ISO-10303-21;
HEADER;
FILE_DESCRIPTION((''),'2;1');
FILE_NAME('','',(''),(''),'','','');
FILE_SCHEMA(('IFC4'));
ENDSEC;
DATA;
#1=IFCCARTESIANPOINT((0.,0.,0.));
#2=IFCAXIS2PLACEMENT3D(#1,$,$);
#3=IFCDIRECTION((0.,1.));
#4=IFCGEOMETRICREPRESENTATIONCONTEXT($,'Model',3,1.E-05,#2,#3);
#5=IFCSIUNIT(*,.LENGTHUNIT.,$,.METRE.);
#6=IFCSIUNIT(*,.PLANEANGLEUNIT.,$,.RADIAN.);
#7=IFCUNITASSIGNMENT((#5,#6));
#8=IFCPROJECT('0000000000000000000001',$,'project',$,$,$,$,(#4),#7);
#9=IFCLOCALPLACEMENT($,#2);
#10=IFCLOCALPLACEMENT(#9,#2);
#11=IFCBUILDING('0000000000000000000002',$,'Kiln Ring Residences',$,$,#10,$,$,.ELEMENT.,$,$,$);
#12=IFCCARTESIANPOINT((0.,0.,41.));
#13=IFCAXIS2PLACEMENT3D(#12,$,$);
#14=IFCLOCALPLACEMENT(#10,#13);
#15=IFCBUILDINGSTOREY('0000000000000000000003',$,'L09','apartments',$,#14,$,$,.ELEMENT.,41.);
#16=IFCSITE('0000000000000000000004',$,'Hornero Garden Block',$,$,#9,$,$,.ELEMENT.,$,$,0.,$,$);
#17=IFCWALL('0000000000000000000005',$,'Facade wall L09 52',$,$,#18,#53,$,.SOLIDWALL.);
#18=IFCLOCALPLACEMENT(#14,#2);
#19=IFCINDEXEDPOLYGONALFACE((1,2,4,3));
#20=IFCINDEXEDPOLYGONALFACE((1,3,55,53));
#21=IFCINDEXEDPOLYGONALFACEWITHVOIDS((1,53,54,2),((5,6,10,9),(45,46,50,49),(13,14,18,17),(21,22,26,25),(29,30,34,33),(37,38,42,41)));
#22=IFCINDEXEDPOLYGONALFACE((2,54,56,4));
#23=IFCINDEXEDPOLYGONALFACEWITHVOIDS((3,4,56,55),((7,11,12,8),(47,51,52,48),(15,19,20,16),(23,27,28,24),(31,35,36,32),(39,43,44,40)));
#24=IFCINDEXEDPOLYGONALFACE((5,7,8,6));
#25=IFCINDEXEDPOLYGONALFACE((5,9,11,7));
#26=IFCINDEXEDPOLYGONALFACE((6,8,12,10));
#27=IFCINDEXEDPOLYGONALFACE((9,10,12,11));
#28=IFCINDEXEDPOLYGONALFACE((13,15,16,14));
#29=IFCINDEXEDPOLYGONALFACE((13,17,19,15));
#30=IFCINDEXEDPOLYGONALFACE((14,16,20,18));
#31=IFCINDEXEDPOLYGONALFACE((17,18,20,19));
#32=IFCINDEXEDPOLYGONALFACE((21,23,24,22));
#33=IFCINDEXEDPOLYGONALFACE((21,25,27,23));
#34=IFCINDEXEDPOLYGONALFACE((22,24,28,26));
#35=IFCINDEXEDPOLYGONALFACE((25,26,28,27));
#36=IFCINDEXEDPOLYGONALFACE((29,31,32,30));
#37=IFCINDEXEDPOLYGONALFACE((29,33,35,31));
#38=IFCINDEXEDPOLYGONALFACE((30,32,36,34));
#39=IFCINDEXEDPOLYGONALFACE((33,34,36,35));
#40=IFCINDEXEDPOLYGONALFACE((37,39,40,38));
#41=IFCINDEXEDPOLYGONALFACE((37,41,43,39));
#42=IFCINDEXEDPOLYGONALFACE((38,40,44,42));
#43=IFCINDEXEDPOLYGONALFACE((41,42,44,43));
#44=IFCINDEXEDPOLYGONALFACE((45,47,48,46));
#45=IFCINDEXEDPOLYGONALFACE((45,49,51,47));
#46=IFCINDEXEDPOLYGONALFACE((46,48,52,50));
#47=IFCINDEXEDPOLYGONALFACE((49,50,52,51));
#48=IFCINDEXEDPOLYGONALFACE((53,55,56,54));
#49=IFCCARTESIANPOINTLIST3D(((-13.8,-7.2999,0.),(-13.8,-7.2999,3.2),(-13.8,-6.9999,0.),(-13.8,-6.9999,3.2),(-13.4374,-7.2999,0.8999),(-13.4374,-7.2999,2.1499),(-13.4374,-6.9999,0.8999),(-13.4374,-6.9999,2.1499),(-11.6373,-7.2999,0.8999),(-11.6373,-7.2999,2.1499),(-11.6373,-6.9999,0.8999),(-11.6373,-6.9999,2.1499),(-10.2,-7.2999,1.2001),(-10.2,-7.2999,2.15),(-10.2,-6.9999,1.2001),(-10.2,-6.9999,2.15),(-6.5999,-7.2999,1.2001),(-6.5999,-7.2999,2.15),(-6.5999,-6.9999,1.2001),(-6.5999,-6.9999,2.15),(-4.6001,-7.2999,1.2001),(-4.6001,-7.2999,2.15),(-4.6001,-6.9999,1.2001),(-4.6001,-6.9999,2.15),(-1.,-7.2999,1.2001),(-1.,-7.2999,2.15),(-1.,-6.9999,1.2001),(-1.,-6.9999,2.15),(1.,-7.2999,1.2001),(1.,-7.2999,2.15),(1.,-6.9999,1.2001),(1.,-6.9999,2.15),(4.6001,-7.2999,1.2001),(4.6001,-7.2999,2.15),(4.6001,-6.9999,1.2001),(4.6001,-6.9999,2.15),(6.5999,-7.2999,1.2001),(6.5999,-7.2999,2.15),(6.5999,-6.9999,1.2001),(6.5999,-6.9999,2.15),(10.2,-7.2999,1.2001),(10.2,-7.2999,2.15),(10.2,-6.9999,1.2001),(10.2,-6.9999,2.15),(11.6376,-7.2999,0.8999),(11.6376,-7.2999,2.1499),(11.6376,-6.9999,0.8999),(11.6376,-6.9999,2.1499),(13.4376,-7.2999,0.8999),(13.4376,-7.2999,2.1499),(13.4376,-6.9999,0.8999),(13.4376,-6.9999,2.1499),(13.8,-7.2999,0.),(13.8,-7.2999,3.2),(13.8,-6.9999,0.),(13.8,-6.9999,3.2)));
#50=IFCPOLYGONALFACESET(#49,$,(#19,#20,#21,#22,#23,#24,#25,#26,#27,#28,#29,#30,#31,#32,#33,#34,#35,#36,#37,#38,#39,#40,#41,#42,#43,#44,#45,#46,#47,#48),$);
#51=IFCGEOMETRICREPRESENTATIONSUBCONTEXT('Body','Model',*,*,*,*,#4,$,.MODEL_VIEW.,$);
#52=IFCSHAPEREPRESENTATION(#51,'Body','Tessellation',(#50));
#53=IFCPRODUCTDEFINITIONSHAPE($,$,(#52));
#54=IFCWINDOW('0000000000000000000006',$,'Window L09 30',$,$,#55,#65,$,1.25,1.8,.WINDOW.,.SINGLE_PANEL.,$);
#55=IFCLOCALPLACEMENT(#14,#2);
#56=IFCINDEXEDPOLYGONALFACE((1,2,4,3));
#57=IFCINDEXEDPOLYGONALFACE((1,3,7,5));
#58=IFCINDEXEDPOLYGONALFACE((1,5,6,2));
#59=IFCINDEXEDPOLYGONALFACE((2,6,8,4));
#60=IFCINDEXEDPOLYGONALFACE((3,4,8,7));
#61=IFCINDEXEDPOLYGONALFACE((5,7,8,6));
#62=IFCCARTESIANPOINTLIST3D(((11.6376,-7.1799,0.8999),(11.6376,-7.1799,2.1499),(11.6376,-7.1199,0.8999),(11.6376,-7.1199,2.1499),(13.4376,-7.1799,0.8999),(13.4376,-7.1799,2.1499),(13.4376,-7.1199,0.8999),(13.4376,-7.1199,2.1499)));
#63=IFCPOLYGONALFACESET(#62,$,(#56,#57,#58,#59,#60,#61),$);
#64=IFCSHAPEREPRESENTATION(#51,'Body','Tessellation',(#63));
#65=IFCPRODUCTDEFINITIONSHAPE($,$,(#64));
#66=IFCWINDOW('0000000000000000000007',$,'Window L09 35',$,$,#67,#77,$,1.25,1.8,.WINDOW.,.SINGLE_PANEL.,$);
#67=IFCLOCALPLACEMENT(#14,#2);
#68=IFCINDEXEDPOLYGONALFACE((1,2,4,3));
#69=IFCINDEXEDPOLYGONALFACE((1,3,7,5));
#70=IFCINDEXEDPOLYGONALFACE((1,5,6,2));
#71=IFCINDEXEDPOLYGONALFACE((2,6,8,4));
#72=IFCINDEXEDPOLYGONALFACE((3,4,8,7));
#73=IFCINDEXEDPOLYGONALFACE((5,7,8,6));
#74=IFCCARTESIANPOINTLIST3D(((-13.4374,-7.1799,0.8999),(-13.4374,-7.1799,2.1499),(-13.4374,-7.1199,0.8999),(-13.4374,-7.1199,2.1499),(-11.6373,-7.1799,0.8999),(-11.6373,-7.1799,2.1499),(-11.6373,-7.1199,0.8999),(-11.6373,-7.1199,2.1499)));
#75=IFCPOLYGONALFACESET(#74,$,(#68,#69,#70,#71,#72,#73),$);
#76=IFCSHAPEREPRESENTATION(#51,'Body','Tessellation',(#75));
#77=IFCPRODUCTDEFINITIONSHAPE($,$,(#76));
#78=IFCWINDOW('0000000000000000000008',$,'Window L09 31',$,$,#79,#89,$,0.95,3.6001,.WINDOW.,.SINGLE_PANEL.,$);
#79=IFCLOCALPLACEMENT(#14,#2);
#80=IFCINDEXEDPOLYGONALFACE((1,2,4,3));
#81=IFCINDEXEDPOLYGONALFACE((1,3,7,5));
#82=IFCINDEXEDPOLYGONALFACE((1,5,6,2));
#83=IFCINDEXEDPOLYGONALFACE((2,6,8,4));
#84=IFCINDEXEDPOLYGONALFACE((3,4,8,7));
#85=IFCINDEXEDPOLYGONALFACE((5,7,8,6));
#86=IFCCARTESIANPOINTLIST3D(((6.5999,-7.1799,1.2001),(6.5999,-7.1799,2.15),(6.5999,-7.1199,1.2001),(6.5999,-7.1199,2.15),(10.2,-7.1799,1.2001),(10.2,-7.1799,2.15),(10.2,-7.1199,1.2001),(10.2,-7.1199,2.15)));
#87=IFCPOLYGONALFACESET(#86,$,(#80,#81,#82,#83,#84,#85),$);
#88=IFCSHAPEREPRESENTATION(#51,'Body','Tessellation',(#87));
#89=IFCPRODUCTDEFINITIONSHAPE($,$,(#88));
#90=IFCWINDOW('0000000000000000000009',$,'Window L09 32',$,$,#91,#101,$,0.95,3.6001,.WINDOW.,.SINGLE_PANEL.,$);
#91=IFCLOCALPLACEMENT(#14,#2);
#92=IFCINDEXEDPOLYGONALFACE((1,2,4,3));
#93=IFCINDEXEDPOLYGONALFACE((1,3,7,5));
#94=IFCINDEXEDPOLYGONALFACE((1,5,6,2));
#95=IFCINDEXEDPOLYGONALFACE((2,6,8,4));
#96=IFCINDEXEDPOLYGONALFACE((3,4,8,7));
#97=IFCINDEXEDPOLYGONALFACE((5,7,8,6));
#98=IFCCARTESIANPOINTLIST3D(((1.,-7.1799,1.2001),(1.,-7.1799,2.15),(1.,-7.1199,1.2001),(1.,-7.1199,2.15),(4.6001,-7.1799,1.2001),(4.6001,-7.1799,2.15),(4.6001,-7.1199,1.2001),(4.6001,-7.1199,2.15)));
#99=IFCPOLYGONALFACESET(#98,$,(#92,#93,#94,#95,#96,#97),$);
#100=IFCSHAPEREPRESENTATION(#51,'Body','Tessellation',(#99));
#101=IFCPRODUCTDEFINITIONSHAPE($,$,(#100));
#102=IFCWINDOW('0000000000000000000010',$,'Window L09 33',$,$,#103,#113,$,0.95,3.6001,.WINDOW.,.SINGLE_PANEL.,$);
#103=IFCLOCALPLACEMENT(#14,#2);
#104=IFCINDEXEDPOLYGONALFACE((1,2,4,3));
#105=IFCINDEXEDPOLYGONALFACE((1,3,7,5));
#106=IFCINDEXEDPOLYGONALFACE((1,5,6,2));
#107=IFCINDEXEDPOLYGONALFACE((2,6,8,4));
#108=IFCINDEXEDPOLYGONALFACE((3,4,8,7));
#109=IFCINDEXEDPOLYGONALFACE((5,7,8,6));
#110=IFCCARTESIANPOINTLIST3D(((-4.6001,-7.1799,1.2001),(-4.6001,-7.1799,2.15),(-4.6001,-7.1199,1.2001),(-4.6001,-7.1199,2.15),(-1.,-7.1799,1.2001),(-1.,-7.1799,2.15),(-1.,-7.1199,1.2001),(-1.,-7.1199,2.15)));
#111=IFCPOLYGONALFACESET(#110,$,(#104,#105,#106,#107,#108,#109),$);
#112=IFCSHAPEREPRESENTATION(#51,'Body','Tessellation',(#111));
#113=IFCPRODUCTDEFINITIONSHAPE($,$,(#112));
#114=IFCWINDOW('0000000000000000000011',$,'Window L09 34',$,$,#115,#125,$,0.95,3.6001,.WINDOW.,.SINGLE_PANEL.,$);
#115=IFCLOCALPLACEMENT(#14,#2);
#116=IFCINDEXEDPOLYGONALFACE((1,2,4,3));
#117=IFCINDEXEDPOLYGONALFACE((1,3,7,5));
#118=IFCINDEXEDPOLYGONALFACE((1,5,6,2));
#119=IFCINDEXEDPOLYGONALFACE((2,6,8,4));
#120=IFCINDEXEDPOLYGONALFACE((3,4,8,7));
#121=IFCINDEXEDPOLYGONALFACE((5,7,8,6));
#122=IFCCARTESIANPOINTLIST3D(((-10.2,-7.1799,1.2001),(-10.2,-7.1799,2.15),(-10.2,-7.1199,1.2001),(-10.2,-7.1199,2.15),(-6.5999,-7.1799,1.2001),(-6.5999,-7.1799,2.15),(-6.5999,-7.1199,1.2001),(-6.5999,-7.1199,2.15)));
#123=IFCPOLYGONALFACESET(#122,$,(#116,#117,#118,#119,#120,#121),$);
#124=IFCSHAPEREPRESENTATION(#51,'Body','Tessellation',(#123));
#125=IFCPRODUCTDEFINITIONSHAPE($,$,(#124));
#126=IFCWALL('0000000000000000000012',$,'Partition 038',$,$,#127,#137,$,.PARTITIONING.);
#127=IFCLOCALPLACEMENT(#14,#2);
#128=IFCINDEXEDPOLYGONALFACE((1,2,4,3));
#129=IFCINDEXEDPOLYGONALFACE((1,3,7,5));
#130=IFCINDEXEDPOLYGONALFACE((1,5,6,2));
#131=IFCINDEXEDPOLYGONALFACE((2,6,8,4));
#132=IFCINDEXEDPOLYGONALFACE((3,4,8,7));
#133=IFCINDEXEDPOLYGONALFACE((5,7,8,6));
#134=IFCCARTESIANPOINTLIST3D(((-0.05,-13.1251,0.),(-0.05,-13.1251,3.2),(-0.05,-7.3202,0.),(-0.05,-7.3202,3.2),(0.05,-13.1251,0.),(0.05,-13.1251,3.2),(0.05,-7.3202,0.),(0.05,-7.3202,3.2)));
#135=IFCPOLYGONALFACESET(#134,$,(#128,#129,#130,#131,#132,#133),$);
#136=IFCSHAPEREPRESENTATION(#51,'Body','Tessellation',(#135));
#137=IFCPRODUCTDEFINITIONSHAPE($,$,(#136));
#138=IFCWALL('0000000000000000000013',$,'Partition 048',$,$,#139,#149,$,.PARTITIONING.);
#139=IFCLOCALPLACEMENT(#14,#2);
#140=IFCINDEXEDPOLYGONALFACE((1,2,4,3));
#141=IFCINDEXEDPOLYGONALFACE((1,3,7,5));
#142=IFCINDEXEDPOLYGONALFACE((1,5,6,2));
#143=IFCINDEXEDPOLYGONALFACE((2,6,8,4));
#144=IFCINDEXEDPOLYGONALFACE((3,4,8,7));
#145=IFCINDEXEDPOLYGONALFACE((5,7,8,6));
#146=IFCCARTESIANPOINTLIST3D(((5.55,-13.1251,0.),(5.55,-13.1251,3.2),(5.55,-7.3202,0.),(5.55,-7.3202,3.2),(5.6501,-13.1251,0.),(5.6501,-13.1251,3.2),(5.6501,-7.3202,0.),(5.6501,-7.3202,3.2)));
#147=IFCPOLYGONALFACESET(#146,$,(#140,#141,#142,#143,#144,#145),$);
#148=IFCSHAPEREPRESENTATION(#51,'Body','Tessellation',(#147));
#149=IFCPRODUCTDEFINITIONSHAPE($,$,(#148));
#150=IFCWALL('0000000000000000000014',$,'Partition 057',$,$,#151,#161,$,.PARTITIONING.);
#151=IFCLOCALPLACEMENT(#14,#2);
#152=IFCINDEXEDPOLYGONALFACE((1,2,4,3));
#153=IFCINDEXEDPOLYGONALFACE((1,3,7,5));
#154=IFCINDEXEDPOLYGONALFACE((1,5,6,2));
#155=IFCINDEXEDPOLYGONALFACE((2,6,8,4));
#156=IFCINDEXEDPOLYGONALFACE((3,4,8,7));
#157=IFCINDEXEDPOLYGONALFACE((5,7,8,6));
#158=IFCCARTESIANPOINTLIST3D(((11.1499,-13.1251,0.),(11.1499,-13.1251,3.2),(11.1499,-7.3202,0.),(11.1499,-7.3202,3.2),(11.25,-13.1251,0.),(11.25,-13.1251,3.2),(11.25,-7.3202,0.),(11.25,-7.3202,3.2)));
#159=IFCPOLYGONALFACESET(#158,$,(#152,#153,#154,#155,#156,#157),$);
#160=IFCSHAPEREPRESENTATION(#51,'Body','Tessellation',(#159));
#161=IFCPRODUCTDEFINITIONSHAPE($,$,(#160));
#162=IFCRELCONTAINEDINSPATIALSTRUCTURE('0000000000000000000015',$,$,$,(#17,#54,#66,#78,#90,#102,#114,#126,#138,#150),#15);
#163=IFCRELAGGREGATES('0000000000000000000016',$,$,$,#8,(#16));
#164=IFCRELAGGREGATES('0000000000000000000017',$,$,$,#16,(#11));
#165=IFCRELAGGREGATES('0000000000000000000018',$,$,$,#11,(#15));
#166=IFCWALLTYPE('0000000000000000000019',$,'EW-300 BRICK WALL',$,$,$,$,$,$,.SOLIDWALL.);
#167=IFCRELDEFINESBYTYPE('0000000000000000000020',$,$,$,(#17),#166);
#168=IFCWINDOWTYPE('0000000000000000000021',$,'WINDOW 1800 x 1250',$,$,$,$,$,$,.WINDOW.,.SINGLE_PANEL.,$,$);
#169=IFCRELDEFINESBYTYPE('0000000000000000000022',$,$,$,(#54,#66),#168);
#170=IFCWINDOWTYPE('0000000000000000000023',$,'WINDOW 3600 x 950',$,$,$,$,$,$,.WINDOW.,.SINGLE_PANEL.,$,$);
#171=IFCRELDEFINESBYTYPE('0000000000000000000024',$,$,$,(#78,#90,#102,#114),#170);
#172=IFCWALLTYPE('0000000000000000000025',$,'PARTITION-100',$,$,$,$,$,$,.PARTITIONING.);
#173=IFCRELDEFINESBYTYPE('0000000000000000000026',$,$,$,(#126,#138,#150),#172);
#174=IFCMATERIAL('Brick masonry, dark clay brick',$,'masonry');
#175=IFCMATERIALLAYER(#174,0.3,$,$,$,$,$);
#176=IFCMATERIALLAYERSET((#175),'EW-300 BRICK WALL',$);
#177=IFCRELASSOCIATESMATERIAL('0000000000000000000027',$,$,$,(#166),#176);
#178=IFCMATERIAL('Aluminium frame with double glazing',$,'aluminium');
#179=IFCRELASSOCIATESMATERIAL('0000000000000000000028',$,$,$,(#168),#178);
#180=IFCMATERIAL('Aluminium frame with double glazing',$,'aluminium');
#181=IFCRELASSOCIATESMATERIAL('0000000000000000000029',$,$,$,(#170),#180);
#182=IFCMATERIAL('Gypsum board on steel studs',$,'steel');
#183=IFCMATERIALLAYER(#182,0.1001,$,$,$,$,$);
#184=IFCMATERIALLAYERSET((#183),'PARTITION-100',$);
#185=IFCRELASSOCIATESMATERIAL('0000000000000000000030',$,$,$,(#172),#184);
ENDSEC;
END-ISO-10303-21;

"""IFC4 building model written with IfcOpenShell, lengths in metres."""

from ifc_helpers import new_model, si_unit, direction, frame, frame_2d, origin, place, context, subcontext, project, spatial, rectangle, extrude, material, layer, layer_set, type_object, element, fill, save


model = new_model("IFC4")

# Units and contexts
model_context = context("Model", 3, precision=1e-05, world=origin(), true_north=direction((0.0, 1.0)))
body_context = subcontext(model_context, "Body", "Model", "MODEL_VIEW")
ifc_project = project(units=[si_unit("LENGTHUNIT", "METRE"), si_unit("PLANEANGLEUNIT", "RADIAN")], contexts=[model_context])

# Site, building, storey
site_placement = place(None, origin())
site = spatial("IfcSite", under=ifc_project, at=site_placement, Name="Hornero Garden Block", CompositionType="ELEMENT", RefElevation=0.0)
building_placement = place(site_placement, origin())
building = spatial("IfcBuilding", under=site, at=building_placement, Name="Kiln Ring Residences", CompositionType="ELEMENT")
storey_placement = place(building_placement, frame((0.0, 0.0, 41.0)))
storey = spatial("IfcBuildingStorey", under=building, at=storey_placement, Name="L09", Description="apartments", CompositionType="ELEMENT", Elevation=41.0)

# Wall, openings, windows
ifc_material_1 = material(Name="Brick masonry, dark clay brick", Category="masonry")
ifc_layer_1 = layer(ifc_material_1, 0.3)
ifc_layer_set_1 = layer_set([ifc_layer_1], Name="EW-300 BRICK WALL")
wall_type_1 = type_object("IfcWallType", Name="EW-300 BRICK WALL", PredefinedType="SOLIDWALL", material=ifc_layer_set_1)
wall_1_placement = place(storey_placement, frame((13.8, -7.1499, 0.0), z_axis=(0.0, 0.0, 1.0), x_axis=(-1.0, 0.0, 0.0)))
wall_1 = element("IfcWall", 1, at=wall_1_placement, inside=storey, type_object=wall_type_1, Name="Facade wall L09 52", PredefinedType="SOLIDWALL", context=body_context, shape_type="SweptSolid", body=[
    extrude(rectangle(XDim=27.6001, YDim=0.3, at=frame_2d((13.8, 0.0))), origin(), (0.0, 0.0, 1.0), 3.2),
])
opening_1_placement = place(wall_1_placement, frame((0.3625, 0.0, 0.8999)))
opening_1 = element("IfcOpeningElement", 2, at=opening_1_placement, cuts=wall_1, PredefinedType="OPENING", context=body_context, shape_type="SweptSolid", body=[
    extrude(rectangle(XDim=1.8, YDim=1.25, at=frame_2d((0.8999, 0.625))), frame((0.0, 0.1599, 0.0), z_axis=(0.0, -1.0, 0.0), x_axis=(1.0, 0.0, 0.0)), (0.0, 0.0, 1.0), 0.3201),
])
opening_2_placement = place(wall_1_placement, frame((3.6001, 0.0, 1.2)))
opening_2 = element("IfcOpeningElement", 3, at=opening_2_placement, cuts=wall_1, PredefinedType="OPENING", context=body_context, shape_type="SweptSolid", body=[
    extrude(rectangle(XDim=3.6001, YDim=0.95, at=frame_2d((1.8, 0.4751))), frame((0.0, 0.1599, 0.0), z_axis=(0.0, -1.0, 0.0), x_axis=(1.0, 0.0, 0.0)), (0.0, 0.0, 1.0), 0.3201),
])
opening_3_placement = place(wall_1_placement, frame((9.2, 0.0, 1.2)))
opening_3 = element("IfcOpeningElement", 4, at=opening_3_placement, cuts=wall_1, PredefinedType="OPENING", context=body_context, shape_type="SweptSolid", body=[
    extrude(rectangle(XDim=3.6001, YDim=0.95, at=frame_2d((1.8, 0.4751))), frame((0.0, 0.1599, 0.0), z_axis=(0.0, -1.0, 0.0), x_axis=(1.0, 0.0, 0.0)), (0.0, 0.0, 1.0), 0.3201),
])
opening_4_placement = place(wall_1_placement, frame((14.8, 0.0, 1.2)))
opening_4 = element("IfcOpeningElement", 5, at=opening_4_placement, cuts=wall_1, PredefinedType="OPENING", context=body_context, shape_type="SweptSolid", body=[
    extrude(rectangle(XDim=3.6001, YDim=0.95, at=frame_2d((1.8, 0.4751))), frame((0.0, 0.1599, 0.0), z_axis=(0.0, -1.0, 0.0), x_axis=(1.0, 0.0, 0.0)), (0.0, 0.0, 1.0), 0.3201),
])
opening_5_placement = place(wall_1_placement, frame((20.3999, 0.0, 1.2)))
opening_5 = element("IfcOpeningElement", 6, at=opening_5_placement, cuts=wall_1, PredefinedType="OPENING", context=body_context, shape_type="SweptSolid", body=[
    extrude(rectangle(XDim=3.6001, YDim=0.95, at=frame_2d((1.8, 0.4751))), frame((0.0, 0.1599, 0.0), z_axis=(0.0, -1.0, 0.0), x_axis=(1.0, 0.0, 0.0)), (0.0, 0.0, 1.0), 0.3201),
])
opening_6_placement = place(wall_1_placement, frame((25.4375, 0.0, 0.8999)))
opening_6 = element("IfcOpeningElement", 7, at=opening_6_placement, cuts=wall_1, PredefinedType="OPENING", context=body_context, shape_type="SweptSolid", body=[
    extrude(rectangle(XDim=1.8, YDim=1.25, at=frame_2d((0.8999, 0.625))), frame((0.0, 0.1599, 0.0), z_axis=(0.0, -1.0, 0.0), x_axis=(1.0, 0.0, 0.0)), (0.0, 0.0, 1.0), 0.3201),
])
ifc_material_2 = material(Name="Aluminium frame with double glazing", Category="aluminium")
window_type_1 = type_object("IfcWindowType", Name="WINDOW 1800 x 1250", PartitioningType="SINGLE_PANEL", PredefinedType="WINDOW", material=ifc_material_2)
window_1_placement = place(opening_1_placement, origin())
window_1 = element("IfcWindow", 8, at=window_1_placement, inside=storey, type_object=window_type_1, Name="Window L09 30", OverallHeight=1.25, OverallWidth=1.8, PartitioningType="SINGLE_PANEL", PredefinedType="WINDOW", context=body_context, shape_type="SweptSolid", body=[
    extrude(rectangle(XDim=1.8, YDim=1.25, at=frame_2d((0.8999, 0.625))), frame((0.0, 0.03, 0.0), z_axis=(0.0, -1.0, 0.0), x_axis=(1.0, 0.0, 0.0)), (0.0, 0.0, 1.0), 0.0601),
])
fill(opening_1, window_1)
window_2_placement = place(opening_6_placement, origin())
window_2 = element("IfcWindow", 9, at=window_2_placement, inside=storey, type_object=window_type_1, Name="Window L09 35", OverallHeight=1.25, OverallWidth=1.8, PartitioningType="SINGLE_PANEL", PredefinedType="WINDOW", context=body_context, shape_type="SweptSolid", body=[
    extrude(rectangle(XDim=1.8, YDim=1.25, at=frame_2d((0.8999, 0.625))), frame((0.0, 0.03, 0.0), z_axis=(0.0, -1.0, 0.0), x_axis=(1.0, 0.0, 0.0)), (0.0, 0.0, 1.0), 0.0601),
])
fill(opening_6, window_2)
ifc_material_3 = material(Name="Aluminium frame with double glazing", Category="aluminium")
window_type_2 = type_object("IfcWindowType", Name="WINDOW 3600 x 950", PartitioningType="SINGLE_PANEL", PredefinedType="WINDOW", material=ifc_material_3)
window_3_placement = place(opening_2_placement, origin())
window_3 = element("IfcWindow", 10, at=window_3_placement, inside=storey, type_object=window_type_2, Name="Window L09 31", OverallHeight=0.95, OverallWidth=3.6001, PartitioningType="SINGLE_PANEL", PredefinedType="WINDOW", context=body_context, shape_type="SweptSolid", body=[
    extrude(rectangle(XDim=3.6001, YDim=0.95, at=frame_2d((1.8, 0.4751))), frame((0.0, 0.03, 0.0), z_axis=(0.0, -1.0, 0.0), x_axis=(1.0, 0.0, 0.0)), (0.0, 0.0, 1.0), 0.0601),
])
fill(opening_2, window_3)
window_4_placement = place(opening_3_placement, origin())
window_4 = element("IfcWindow", 11, at=window_4_placement, inside=storey, type_object=window_type_2, Name="Window L09 32", OverallHeight=0.95, OverallWidth=3.6001, PartitioningType="SINGLE_PANEL", PredefinedType="WINDOW", context=body_context, shape_type="SweptSolid", body=[
    extrude(rectangle(XDim=3.6001, YDim=0.95, at=frame_2d((1.8, 0.4751))), frame((0.0, 0.03, 0.0), z_axis=(0.0, -1.0, 0.0), x_axis=(1.0, 0.0, 0.0)), (0.0, 0.0, 1.0), 0.0601),
])
fill(opening_3, window_4)
window_5_placement = place(opening_4_placement, origin())
window_5 = element("IfcWindow", 12, at=window_5_placement, inside=storey, type_object=window_type_2, Name="Window L09 33", OverallHeight=0.95, OverallWidth=3.6001, PartitioningType="SINGLE_PANEL", PredefinedType="WINDOW", context=body_context, shape_type="SweptSolid", body=[
    extrude(rectangle(XDim=3.6001, YDim=0.95, at=frame_2d((1.8, 0.4751))), frame((0.0, 0.03, 0.0), z_axis=(0.0, -1.0, 0.0), x_axis=(1.0, 0.0, 0.0)), (0.0, 0.0, 1.0), 0.0601),
])
fill(opening_4, window_5)
window_6_placement = place(opening_5_placement, origin())
window_6 = element("IfcWindow", 13, at=window_6_placement, inside=storey, type_object=window_type_2, Name="Window L09 34", OverallHeight=0.95, OverallWidth=3.6001, PartitioningType="SINGLE_PANEL", PredefinedType="WINDOW", context=body_context, shape_type="SweptSolid", body=[
    extrude(rectangle(XDim=3.6001, YDim=0.95, at=frame_2d((1.8, 0.4751))), frame((0.0, 0.03, 0.0), z_axis=(0.0, -1.0, 0.0), x_axis=(1.0, 0.0, 0.0)), (0.0, 0.0, 1.0), 0.0601),
])
fill(opening_5, window_6)

# Walls
ifc_material_4 = material(Name="Gypsum board on steel studs", Category="steel")
ifc_layer_2 = layer(ifc_material_4, 0.1001)
ifc_layer_set_2 = layer_set([ifc_layer_2], Name="PARTITION-100")
wall_type_2 = type_object("IfcWallType", Name="PARTITION-100", PredefinedType="PARTITIONING", material=ifc_layer_set_2)
for number, where, z_axis, x_axis, name in (
    (14, (0.0, -13.125, 0.0), (0.0, 0.0, 1.0), (0.0, 1.0, 0.0), "Partition 038"),
    (15, (5.6001, -13.125, 0.0), (0.0, 0.0, 1.0), (0.0, 1.0, 0.0), "Partition 048"),
    (16, (11.2, -13.125, 0.0), (0.0, 0.0, 1.0), (0.0, 1.0, 0.0), "Partition 057"),
):
    element("IfcWall", number, at=place(storey_placement, frame(where, z_axis=z_axis, x_axis=x_axis)), inside=storey, type_object=wall_type_2, Name=name, PredefinedType="PARTITIONING", context=body_context, shape_type="SweptSolid", body=[
        extrude(rectangle(XDim=5.8049, YDim=0.1001, at=frame_2d((2.9023, 0.0))), origin(), (0.0, 0.0, 1.0), 3.2),
    ])

save(model, "model.ifc")
